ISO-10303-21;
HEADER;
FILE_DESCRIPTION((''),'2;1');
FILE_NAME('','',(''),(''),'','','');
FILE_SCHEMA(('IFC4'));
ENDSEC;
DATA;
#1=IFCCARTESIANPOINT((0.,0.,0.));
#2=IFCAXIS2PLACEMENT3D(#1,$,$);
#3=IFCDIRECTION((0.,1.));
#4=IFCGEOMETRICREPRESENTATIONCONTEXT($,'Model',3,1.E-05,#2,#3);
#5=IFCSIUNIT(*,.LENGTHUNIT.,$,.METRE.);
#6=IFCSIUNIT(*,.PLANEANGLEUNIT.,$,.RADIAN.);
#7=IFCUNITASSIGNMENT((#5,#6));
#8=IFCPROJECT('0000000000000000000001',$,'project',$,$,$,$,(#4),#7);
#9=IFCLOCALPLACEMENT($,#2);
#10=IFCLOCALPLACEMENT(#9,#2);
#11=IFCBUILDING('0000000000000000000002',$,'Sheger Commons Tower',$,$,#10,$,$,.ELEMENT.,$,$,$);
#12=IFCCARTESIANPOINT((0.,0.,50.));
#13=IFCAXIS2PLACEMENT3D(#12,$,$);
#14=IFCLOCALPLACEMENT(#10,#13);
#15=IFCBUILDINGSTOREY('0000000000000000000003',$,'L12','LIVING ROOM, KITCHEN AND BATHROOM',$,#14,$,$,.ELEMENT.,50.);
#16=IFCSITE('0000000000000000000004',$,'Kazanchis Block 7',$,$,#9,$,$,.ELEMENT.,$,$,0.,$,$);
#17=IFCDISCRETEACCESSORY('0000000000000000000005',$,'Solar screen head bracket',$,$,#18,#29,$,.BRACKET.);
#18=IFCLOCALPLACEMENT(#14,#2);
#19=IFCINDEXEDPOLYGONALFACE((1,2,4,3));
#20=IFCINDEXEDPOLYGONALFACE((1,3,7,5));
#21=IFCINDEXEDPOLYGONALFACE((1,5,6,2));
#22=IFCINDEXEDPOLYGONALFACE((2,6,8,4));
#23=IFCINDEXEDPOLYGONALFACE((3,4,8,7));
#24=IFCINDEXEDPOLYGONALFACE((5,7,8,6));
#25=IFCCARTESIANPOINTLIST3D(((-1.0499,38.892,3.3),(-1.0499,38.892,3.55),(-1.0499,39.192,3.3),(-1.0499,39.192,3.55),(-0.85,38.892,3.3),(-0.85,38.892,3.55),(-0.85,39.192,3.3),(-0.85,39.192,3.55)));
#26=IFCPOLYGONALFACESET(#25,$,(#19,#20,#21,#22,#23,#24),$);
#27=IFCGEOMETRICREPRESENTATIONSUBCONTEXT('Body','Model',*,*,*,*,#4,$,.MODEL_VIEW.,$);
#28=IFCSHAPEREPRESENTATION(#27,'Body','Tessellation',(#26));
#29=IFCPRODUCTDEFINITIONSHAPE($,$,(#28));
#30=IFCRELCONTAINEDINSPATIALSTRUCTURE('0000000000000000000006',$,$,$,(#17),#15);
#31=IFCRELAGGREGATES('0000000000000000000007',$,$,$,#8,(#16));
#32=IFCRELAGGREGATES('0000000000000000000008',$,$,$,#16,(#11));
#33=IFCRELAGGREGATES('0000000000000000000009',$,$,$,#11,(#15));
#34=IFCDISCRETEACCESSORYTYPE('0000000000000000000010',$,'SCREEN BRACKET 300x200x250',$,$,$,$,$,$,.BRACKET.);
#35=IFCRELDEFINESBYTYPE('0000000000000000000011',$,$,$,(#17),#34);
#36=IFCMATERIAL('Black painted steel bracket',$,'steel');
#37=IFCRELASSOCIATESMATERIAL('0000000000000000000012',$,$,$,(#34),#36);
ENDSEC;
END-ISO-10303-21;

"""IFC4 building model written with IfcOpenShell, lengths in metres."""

from ifc_helpers import new_model, si_unit, direction, frame, origin, origin_2d, place, context, subcontext, project, spatial, rectangle, extrude, material, type_object, element, save


model = new_model("IFC4")

# Units and contexts
model_context = context("Model", 3, precision=1e-05, world=origin(), true_north=direction((0.0, 1.0)))
body_context = subcontext(model_context, "Body", "Model", "MODEL_VIEW")
ifc_project = project(units=[si_unit("LENGTHUNIT", "METRE"), si_unit("PLANEANGLEUNIT", "RADIAN")], contexts=[model_context])

# Site, building, storey
site_placement = place(None, origin())
site = spatial("IfcSite", under=ifc_project, at=site_placement, Name="Kazanchis Block 7", CompositionType="ELEMENT", RefElevation=0.0)
building_placement = place(site_placement, origin())
building = spatial("IfcBuilding", under=site, at=building_placement, Name="Sheger Commons Tower", CompositionType="ELEMENT")
storey_placement = place(building_placement, frame((0.0, 0.0, 50.0)))
storey = spatial("IfcBuildingStorey", under=building, at=storey_placement, Name="L12", Description="LIVING ROOM, KITCHEN AND BATHROOM", CompositionType="ELEMENT", Elevation=50.0)

# Discrete accessory
ifc_material_1 = material(Name="Black painted steel bracket", Category="steel")
discrete_accessory_type = type_object("IfcDiscreteAccessoryType", Name="SCREEN BRACKET 300x200x250", PredefinedType="BRACKET", material=ifc_material_1)
for number, where, z_axis, x_axis, name in (
    (1, (-0.95, 39.042, 3.3), (0.0, 0.0, 1.0), (0.0, -1.0, 0.0), "Solar screen head bracket"),
):
    element("IfcDiscreteAccessory", number, at=place(storey_placement, frame(where, z_axis=z_axis, x_axis=x_axis)), inside=storey, type_object=discrete_accessory_type, Name=name, PredefinedType="BRACKET", context=body_context, shape_type="SweptSolid", body=[
        extrude(rectangle(XDim=0.3, YDim=0.2, at=origin_2d()), origin(), (0.0, 0.0, 1.0), 0.25),
    ])

save(model, "model.ifc")
